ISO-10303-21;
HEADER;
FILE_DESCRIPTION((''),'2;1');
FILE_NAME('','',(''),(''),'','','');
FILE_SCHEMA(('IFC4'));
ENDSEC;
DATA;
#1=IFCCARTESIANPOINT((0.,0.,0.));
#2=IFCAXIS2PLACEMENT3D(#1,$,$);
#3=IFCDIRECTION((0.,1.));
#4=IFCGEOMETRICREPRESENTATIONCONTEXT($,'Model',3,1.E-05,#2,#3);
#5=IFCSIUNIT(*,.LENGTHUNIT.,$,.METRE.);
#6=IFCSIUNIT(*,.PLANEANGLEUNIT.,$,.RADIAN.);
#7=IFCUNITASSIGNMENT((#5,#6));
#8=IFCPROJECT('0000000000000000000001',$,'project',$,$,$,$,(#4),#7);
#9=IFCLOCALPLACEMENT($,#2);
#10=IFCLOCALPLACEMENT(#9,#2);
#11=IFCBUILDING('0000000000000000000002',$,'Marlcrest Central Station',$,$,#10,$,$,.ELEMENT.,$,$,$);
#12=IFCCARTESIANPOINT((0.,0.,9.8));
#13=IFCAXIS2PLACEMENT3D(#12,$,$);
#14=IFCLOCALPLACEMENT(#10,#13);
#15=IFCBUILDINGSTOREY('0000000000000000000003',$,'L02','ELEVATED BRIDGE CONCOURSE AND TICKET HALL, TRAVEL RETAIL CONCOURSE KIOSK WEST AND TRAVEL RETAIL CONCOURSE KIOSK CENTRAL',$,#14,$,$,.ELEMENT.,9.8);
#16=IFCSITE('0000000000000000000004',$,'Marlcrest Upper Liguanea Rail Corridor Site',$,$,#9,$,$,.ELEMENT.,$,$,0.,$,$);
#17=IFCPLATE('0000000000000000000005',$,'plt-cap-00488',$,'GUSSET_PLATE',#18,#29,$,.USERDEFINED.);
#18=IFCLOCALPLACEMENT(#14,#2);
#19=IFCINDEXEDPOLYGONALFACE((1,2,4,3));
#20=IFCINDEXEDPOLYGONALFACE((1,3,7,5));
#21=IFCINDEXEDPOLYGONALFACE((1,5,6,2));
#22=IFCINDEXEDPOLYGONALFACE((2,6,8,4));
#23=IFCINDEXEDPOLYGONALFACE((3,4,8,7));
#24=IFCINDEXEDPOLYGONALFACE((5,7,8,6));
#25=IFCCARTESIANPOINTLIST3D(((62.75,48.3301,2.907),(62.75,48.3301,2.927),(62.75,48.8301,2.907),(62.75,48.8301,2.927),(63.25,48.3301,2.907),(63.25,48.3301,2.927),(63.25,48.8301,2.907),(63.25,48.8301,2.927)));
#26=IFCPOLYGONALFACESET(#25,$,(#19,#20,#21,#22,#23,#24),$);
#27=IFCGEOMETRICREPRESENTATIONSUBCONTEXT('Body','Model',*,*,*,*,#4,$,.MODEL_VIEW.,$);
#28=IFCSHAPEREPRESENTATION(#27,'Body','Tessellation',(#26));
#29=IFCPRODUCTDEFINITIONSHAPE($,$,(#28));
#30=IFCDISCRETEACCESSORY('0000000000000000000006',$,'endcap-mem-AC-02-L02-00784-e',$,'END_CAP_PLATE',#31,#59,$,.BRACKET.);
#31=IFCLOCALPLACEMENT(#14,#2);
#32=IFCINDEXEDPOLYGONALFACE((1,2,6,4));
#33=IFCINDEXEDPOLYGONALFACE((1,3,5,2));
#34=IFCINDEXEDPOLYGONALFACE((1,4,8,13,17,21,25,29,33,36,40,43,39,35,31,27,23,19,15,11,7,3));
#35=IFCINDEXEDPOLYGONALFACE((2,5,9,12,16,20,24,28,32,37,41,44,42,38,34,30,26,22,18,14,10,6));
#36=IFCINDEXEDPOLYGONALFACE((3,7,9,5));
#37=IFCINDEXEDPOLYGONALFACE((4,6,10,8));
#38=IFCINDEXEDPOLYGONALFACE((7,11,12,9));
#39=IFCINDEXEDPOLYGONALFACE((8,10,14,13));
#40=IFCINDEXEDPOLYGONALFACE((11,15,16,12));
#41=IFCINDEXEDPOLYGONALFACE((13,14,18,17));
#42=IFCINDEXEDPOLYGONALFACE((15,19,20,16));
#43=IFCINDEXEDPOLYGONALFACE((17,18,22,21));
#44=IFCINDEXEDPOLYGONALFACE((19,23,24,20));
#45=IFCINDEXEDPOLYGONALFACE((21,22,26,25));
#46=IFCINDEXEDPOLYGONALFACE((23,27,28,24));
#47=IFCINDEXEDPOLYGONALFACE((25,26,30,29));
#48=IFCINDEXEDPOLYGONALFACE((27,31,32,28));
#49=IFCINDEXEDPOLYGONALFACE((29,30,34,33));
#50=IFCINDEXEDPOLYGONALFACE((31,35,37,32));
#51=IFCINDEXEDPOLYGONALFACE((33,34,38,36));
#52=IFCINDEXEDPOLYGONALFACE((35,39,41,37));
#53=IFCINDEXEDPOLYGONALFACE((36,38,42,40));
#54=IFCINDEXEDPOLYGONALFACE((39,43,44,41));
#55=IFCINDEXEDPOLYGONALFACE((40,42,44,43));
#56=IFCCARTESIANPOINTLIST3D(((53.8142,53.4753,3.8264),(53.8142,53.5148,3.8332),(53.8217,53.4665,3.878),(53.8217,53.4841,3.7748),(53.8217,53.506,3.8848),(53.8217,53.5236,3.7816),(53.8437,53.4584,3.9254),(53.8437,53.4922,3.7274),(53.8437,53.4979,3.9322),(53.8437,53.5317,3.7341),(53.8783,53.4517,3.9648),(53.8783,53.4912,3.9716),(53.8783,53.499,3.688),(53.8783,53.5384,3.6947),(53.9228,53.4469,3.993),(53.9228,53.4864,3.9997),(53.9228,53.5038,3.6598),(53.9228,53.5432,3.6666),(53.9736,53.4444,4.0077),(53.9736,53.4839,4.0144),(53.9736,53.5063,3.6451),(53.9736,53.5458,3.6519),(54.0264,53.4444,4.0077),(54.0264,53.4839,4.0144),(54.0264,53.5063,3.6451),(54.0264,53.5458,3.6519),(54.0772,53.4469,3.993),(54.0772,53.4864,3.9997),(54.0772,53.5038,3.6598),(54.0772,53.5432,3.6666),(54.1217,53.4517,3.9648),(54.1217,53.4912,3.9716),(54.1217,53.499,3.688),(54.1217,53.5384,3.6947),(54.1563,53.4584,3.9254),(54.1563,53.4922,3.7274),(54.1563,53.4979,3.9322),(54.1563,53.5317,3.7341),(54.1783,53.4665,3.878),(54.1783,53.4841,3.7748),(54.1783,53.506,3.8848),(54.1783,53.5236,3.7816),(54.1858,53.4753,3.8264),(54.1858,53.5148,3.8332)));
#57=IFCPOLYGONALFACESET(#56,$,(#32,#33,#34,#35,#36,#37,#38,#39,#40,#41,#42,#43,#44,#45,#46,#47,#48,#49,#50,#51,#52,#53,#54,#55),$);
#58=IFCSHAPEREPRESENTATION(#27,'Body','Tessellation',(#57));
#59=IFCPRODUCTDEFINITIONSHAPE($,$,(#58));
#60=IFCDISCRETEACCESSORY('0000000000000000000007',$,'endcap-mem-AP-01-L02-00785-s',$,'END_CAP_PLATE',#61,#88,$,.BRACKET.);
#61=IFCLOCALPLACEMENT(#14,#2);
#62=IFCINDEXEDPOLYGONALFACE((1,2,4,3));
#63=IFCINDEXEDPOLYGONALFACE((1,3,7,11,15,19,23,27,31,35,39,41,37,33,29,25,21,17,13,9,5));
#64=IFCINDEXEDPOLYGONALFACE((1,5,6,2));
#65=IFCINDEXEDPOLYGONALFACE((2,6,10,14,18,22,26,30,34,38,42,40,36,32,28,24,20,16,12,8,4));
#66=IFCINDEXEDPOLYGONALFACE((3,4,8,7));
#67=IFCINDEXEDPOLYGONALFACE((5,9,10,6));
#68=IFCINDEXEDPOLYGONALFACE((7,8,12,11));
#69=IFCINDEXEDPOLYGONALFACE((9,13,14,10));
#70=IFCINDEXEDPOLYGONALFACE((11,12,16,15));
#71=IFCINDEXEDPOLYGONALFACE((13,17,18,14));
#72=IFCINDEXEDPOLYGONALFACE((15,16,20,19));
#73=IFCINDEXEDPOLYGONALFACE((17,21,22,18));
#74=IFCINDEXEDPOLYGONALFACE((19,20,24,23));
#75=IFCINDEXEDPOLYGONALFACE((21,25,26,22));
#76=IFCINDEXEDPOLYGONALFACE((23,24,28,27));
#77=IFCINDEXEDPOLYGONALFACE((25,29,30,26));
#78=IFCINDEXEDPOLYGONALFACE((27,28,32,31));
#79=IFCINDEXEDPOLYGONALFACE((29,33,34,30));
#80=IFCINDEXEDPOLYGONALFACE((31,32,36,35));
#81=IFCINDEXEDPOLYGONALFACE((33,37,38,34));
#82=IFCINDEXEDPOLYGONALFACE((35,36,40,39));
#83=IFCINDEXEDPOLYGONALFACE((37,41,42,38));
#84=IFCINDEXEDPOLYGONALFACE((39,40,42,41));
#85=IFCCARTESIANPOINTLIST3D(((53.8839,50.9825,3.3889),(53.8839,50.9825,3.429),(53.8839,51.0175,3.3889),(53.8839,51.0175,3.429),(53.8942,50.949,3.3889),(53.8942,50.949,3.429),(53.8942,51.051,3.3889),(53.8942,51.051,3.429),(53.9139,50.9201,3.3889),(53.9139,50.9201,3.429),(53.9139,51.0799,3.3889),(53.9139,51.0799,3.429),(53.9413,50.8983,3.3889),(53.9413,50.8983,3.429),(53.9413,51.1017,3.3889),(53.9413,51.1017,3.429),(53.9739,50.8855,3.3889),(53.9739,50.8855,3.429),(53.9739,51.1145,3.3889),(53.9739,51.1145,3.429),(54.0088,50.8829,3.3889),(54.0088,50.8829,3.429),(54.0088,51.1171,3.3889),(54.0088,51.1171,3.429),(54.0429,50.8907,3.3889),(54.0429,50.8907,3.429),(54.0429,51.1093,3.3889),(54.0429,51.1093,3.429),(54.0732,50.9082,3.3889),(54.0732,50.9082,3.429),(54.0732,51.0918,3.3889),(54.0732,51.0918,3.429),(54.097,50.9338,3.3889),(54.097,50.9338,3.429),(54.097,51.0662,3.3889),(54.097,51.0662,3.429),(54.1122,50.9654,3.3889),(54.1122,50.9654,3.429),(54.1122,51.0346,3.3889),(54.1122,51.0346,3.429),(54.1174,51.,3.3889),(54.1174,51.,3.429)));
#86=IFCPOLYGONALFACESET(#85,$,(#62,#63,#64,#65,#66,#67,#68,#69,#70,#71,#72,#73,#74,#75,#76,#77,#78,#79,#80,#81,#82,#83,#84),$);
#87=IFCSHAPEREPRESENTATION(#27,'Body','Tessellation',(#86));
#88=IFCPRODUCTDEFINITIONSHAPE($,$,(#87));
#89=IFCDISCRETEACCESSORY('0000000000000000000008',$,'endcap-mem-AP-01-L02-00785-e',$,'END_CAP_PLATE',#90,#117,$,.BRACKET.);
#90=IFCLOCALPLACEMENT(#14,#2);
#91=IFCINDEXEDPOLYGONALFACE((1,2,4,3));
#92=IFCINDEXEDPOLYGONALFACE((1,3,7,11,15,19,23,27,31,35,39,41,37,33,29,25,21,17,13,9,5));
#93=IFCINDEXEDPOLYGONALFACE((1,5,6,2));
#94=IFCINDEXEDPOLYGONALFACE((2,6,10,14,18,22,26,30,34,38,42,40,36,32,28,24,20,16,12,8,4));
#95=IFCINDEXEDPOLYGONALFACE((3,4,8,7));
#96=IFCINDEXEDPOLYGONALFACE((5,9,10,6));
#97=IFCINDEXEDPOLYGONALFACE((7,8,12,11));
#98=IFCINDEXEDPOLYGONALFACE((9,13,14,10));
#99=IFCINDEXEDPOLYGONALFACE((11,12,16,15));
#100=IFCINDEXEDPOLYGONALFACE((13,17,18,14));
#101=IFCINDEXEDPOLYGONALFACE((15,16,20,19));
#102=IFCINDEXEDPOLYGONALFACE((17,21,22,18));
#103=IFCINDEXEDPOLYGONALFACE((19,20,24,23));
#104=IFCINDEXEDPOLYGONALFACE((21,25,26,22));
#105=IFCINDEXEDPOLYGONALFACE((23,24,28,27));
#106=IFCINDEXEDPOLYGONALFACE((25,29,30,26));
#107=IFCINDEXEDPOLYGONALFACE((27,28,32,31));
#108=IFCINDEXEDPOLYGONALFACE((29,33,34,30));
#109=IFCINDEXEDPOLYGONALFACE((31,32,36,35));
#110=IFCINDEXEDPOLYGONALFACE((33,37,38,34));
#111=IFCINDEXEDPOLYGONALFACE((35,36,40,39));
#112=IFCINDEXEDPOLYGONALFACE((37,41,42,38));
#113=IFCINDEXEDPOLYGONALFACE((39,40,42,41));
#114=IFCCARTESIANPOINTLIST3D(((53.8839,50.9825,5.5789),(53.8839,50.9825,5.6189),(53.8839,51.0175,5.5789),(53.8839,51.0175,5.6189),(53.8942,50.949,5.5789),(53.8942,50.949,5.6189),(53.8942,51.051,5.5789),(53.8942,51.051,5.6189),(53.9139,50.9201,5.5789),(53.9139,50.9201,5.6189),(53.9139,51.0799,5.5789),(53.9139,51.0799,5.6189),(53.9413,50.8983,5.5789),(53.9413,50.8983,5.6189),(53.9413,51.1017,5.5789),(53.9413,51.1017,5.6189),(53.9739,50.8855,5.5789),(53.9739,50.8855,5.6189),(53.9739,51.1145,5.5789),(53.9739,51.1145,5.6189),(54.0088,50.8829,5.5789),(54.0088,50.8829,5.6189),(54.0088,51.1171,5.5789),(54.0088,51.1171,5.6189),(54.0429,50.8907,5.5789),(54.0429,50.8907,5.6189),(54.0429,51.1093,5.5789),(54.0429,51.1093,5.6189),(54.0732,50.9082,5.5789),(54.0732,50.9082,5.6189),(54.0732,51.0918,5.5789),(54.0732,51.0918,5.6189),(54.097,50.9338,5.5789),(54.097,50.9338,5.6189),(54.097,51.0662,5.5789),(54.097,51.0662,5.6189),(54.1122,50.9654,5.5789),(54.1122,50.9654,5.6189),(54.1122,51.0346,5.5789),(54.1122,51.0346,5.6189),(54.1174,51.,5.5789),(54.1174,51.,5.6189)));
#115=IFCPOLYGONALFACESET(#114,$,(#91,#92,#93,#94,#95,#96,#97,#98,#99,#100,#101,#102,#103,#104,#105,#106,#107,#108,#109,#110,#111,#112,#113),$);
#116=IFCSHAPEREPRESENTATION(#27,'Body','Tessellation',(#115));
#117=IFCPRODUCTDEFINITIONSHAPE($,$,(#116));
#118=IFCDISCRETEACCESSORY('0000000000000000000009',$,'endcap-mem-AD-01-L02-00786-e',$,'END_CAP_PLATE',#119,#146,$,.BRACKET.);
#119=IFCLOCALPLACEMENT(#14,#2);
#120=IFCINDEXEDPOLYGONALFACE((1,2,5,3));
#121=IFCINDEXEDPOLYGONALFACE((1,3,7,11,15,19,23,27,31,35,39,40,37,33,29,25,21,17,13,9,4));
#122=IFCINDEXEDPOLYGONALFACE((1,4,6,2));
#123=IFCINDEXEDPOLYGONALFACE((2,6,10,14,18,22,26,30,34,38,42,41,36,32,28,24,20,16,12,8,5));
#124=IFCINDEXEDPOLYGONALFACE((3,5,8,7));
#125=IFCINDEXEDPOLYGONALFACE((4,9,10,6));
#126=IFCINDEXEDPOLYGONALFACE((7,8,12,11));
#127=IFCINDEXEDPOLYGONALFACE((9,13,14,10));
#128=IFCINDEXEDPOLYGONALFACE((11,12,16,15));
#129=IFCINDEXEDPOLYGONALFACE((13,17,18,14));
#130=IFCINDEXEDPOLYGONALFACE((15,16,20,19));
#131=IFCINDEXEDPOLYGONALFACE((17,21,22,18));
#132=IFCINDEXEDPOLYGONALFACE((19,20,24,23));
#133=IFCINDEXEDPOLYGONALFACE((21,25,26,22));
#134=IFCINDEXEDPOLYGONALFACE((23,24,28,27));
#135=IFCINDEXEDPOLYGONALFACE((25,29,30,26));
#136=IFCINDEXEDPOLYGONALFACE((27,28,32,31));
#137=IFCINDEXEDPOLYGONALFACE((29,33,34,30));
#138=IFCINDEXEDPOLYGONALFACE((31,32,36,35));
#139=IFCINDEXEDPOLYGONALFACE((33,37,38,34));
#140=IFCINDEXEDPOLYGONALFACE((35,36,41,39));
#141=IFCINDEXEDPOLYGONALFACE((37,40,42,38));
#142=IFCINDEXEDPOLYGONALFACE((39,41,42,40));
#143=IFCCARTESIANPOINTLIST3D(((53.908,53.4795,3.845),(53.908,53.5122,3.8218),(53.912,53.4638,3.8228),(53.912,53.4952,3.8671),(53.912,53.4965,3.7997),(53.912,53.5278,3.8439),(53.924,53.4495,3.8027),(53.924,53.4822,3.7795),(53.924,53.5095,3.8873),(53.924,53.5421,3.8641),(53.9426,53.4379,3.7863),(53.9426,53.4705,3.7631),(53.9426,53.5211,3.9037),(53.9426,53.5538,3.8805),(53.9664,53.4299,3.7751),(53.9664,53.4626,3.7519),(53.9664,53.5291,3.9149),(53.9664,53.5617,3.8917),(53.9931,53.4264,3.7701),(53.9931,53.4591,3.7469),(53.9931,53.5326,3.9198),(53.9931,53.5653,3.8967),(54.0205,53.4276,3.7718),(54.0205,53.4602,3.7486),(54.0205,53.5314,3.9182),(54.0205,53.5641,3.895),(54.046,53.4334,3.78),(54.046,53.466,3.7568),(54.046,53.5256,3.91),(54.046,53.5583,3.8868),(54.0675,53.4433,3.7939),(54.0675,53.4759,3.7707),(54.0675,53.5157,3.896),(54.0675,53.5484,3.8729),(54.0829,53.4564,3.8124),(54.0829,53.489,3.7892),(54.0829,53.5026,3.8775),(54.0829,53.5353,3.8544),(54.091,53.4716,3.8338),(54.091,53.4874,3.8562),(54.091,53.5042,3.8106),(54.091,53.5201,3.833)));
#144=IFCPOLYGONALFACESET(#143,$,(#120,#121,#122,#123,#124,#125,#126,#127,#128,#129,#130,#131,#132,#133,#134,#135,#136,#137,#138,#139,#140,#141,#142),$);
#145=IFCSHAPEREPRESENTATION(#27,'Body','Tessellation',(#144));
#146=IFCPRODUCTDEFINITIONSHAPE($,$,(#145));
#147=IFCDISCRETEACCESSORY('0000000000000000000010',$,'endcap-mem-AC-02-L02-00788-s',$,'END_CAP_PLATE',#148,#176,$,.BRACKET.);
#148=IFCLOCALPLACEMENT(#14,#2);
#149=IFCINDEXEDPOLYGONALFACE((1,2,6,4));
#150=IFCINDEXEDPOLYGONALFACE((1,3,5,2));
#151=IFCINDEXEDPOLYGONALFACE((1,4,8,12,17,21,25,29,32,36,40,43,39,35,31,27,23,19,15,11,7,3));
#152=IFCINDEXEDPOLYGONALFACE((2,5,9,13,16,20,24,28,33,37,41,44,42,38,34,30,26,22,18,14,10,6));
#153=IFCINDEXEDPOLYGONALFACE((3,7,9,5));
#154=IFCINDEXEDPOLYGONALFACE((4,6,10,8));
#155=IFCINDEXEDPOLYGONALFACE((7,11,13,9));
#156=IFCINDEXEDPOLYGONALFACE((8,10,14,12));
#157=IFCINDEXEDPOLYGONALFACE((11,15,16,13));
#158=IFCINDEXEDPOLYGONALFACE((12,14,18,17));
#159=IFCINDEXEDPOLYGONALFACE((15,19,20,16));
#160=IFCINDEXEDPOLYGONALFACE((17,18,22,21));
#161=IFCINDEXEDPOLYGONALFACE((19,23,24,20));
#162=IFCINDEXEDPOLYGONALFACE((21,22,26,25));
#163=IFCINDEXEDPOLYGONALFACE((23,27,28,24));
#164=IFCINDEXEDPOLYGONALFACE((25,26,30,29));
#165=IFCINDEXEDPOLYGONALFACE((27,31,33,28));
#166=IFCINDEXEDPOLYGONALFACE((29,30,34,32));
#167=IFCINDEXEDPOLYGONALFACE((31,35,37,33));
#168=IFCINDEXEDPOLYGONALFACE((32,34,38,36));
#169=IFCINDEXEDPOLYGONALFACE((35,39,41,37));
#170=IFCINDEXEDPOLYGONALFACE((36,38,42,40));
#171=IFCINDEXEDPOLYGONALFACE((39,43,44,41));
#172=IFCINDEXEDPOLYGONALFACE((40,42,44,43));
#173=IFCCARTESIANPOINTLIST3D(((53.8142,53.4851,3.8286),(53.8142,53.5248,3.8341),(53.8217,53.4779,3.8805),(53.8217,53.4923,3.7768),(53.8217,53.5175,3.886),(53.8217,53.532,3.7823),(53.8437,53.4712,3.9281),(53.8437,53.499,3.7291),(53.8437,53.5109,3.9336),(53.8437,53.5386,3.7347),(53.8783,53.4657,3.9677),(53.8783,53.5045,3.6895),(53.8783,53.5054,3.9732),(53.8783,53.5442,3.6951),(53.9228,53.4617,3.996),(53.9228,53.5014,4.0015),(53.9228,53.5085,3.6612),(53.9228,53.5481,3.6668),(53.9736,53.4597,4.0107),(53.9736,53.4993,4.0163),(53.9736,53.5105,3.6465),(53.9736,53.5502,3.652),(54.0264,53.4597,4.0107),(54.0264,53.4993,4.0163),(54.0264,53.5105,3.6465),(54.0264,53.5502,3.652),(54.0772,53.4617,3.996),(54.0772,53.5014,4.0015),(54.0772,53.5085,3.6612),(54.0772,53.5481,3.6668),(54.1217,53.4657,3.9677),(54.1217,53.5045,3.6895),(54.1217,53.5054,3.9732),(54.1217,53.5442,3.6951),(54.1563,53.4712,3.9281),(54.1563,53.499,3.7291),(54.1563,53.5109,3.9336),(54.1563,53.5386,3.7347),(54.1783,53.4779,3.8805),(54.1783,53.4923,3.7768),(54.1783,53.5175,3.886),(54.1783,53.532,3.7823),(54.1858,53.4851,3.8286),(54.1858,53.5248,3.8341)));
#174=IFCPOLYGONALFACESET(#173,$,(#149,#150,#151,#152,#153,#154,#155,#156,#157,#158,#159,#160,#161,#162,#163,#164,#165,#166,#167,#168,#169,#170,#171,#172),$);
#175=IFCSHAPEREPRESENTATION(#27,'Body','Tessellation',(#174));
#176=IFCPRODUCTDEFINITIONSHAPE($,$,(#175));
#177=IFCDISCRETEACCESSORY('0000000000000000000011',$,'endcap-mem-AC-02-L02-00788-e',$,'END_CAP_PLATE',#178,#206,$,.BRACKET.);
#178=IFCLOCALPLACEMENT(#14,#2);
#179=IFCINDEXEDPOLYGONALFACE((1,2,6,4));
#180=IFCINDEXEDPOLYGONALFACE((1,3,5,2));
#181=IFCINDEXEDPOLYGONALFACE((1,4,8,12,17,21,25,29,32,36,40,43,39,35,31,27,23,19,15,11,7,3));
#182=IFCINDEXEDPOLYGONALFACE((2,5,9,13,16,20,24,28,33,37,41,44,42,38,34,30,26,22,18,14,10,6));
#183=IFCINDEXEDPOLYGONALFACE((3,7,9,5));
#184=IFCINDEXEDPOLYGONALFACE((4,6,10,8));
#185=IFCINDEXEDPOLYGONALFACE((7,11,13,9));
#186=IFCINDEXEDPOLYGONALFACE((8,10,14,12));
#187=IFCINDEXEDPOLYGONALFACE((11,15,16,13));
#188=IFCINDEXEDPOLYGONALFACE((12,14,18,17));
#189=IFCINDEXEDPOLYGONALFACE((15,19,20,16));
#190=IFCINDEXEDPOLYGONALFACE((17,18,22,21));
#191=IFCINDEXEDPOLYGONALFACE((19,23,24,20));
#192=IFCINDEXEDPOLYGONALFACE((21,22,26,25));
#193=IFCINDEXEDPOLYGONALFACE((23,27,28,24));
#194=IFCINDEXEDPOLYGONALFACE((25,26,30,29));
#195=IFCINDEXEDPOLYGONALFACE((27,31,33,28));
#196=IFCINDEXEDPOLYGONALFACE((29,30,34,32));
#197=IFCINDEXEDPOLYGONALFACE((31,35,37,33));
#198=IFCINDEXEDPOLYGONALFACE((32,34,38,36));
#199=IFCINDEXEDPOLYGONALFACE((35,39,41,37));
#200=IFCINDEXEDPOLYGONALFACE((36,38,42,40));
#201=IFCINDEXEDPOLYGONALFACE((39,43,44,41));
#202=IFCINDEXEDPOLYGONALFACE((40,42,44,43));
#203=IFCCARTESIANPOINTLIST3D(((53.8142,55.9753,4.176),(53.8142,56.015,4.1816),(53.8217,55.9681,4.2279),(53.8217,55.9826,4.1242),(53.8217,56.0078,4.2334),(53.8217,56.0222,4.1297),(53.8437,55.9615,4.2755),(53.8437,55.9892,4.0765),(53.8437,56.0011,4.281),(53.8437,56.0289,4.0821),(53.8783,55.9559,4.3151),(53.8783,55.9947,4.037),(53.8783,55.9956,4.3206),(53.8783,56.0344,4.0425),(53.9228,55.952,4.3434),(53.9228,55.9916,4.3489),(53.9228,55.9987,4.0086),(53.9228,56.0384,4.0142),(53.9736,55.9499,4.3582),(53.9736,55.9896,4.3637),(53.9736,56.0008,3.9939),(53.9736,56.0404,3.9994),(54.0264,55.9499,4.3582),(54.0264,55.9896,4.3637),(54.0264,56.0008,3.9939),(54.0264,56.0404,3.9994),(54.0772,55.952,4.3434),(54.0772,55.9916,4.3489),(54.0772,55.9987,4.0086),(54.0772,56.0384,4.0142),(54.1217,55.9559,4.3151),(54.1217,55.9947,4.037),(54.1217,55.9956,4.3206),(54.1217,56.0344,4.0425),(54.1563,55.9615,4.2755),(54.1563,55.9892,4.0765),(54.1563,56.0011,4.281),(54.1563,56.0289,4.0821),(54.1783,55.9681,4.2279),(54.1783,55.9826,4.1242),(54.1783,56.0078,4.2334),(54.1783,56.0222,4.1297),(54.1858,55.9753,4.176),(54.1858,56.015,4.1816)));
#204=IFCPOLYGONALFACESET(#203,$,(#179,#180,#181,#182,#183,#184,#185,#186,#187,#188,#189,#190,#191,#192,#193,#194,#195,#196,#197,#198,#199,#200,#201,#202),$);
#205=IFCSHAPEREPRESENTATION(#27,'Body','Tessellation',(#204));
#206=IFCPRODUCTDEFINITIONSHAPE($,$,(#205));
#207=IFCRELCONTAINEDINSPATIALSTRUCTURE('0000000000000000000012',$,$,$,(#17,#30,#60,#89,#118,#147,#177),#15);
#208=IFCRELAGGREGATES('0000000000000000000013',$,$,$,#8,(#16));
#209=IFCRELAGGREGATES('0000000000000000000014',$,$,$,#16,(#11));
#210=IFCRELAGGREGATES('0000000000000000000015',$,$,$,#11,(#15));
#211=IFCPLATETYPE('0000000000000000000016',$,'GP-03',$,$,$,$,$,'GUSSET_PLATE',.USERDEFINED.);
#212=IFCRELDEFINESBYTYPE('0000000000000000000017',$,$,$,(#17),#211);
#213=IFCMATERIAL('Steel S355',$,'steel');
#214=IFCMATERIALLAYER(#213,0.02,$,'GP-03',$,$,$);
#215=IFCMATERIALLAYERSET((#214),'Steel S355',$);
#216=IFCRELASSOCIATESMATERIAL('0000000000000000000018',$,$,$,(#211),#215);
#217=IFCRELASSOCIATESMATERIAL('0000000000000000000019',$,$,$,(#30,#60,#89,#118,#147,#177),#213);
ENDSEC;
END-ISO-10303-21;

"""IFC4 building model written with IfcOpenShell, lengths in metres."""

from ifc_helpers import new_model, si_unit, direction, frame, origin, origin_2d, place, context, subcontext, project, spatial, rectangle, circle, extrude, material, layer, layer_set, type_object, element, save


model = new_model("IFC4")

# Units and contexts
model_context = context("Model", 3, precision=1e-05, world=origin(), true_north=direction((0.0, 1.0)))
body_context = subcontext(model_context, "Body", "Model", "MODEL_VIEW")
ifc_project = project(units=[si_unit("LENGTHUNIT", "METRE"), si_unit("PLANEANGLEUNIT", "RADIAN")], contexts=[model_context])

# Site, building, storey
site_placement = place(None, origin())
site = spatial("IfcSite", under=ifc_project, at=site_placement, Name="Marlcrest Upper Liguanea Rail Corridor Site", CompositionType="ELEMENT", RefElevation=0.0)
building_placement = place(site_placement, origin())
building = spatial("IfcBuilding", under=site, at=building_placement, Name="Marlcrest Central Station", CompositionType="ELEMENT")
storey_placement = place(building_placement, frame((0.0, 0.0, 9.8)))
storey = spatial("IfcBuildingStorey", under=building, at=storey_placement, Name="L02", Description="ELEVATED BRIDGE CONCOURSE AND TICKET HALL, TRAVEL RETAIL CONCOURSE KIOSK WEST AND TRAVEL RETAIL CONCOURSE KIOSK CENTRAL", CompositionType="ELEMENT", Elevation=9.8)

# Shared definitions
ifc_material = material(Name="Steel S355", Category="steel")

# Plate
ifc_layer = layer(ifc_material, 0.02, Name="GP-03")
ifc_layer_set = layer_set([ifc_layer], Name="Steel S355")
plate_type = type_object("IfcPlateType", Name="GP-03", ElementType="GUSSET_PLATE", PredefinedType="USERDEFINED", material=ifc_layer_set)
for number, where, z_axis, x_axis, name in (
    (1, (63.0, 48.5801, 2.907), (0.0, 0.0, 1.0), (1.0, 0.0, 0.0), "plt-cap-00488"),
):
    element("IfcPlate", number, at=place(storey_placement, frame(where, z_axis=z_axis, x_axis=x_axis)), inside=storey, type_object=plate_type, Name=name, ObjectType="GUSSET_PLATE", PredefinedType="USERDEFINED", context=body_context, shape_type="SweptSolid", body=[
        extrude(rectangle(XDim=0.5, YDim=0.5, at=origin_2d()), origin(), (0.0, 0.0, 1.0), 0.02),
    ])

# Discrete accessories
discrete_accessory_1_placement = place(storey_placement, frame((54.0, 53.4753, 3.8264), z_axis=(0.0, 0.985741, 0.168269), x_axis=(-1.0, 0.0, 0.0)))
element("IfcDiscreteAccessory", 2, at=discrete_accessory_1_placement, inside=storey, material=ifc_material, Name="endcap-mem-AC-02-L02-00784-e", ObjectType="END_CAP_PLATE", PredefinedType="BRACKET", context=body_context, shape_type="SweptSolid", body=[
    extrude(circle(Radius=0.1858, at=origin_2d()), origin(), (0.0, 0.0, 1.0), 0.04),
])
for number, where, z_axis, x_axis, name in (
    (3, (54.0, 51.0, 3.3889), (0.0, 0.0, 1.0), (1.0, 0.0, 0.0), "endcap-mem-AP-01-L02-00785-s"),
    (4, (54.0, 51.0, 5.5789), (0.0, 0.0, 1.0), (1.0, 0.0, 0.0), "endcap-mem-AP-01-L02-00785-e"),
):
    element("IfcDiscreteAccessory", number, at=place(storey_placement, frame(where, z_axis=z_axis, x_axis=x_axis)), inside=storey, material=ifc_material, Name=name, ObjectType="END_CAP_PLATE", PredefinedType="BRACKET", context=body_context, shape_type="SweptSolid", body=[
        extrude(circle(Radius=0.1174, at=origin_2d()), origin(), (0.0, 0.0, 1.0), 0.04),
    ])
discrete_accessory_2_placement = place(storey_placement, frame((54.0, 53.4795, 3.845), z_axis=(0.0, 0.815661, -0.57853), x_axis=(-1.0, 0.0, 0.0)))
element("IfcDiscreteAccessory", 5, at=discrete_accessory_2_placement, inside=storey, material=ifc_material, Name="endcap-mem-AD-01-L02-00786-e", ObjectType="END_CAP_PLATE", PredefinedType="BRACKET", context=body_context, shape_type="SweptSolid", body=[
    extrude(circle(Radius=0.092, at=origin_2d()), origin(), (0.0, 0.0, 1.0), 0.04),
])
for number, where, z_axis, x_axis, name in (
    (6, (54.0, 53.4851, 3.8286), (0.0, 0.990403, 0.138211), (-1.0, 0.0, 0.0), "endcap-mem-AC-02-L02-00788-s"),
    (7, (54.0, 55.9753, 4.176), (0.0, 0.990403, 0.138211), (-1.0, 0.0, 0.0), "endcap-mem-AC-02-L02-00788-e"),
):
    element("IfcDiscreteAccessory", number, at=place(storey_placement, frame(where, z_axis=z_axis, x_axis=x_axis)), inside=storey, material=ifc_material, Name=name, ObjectType="END_CAP_PLATE", PredefinedType="BRACKET", context=body_context, shape_type="SweptSolid", body=[
        extrude(circle(Radius=0.1858, at=origin_2d()), origin(), (0.0, 0.0, 1.0), 0.04),
    ])

save(model, "model.ifc")
